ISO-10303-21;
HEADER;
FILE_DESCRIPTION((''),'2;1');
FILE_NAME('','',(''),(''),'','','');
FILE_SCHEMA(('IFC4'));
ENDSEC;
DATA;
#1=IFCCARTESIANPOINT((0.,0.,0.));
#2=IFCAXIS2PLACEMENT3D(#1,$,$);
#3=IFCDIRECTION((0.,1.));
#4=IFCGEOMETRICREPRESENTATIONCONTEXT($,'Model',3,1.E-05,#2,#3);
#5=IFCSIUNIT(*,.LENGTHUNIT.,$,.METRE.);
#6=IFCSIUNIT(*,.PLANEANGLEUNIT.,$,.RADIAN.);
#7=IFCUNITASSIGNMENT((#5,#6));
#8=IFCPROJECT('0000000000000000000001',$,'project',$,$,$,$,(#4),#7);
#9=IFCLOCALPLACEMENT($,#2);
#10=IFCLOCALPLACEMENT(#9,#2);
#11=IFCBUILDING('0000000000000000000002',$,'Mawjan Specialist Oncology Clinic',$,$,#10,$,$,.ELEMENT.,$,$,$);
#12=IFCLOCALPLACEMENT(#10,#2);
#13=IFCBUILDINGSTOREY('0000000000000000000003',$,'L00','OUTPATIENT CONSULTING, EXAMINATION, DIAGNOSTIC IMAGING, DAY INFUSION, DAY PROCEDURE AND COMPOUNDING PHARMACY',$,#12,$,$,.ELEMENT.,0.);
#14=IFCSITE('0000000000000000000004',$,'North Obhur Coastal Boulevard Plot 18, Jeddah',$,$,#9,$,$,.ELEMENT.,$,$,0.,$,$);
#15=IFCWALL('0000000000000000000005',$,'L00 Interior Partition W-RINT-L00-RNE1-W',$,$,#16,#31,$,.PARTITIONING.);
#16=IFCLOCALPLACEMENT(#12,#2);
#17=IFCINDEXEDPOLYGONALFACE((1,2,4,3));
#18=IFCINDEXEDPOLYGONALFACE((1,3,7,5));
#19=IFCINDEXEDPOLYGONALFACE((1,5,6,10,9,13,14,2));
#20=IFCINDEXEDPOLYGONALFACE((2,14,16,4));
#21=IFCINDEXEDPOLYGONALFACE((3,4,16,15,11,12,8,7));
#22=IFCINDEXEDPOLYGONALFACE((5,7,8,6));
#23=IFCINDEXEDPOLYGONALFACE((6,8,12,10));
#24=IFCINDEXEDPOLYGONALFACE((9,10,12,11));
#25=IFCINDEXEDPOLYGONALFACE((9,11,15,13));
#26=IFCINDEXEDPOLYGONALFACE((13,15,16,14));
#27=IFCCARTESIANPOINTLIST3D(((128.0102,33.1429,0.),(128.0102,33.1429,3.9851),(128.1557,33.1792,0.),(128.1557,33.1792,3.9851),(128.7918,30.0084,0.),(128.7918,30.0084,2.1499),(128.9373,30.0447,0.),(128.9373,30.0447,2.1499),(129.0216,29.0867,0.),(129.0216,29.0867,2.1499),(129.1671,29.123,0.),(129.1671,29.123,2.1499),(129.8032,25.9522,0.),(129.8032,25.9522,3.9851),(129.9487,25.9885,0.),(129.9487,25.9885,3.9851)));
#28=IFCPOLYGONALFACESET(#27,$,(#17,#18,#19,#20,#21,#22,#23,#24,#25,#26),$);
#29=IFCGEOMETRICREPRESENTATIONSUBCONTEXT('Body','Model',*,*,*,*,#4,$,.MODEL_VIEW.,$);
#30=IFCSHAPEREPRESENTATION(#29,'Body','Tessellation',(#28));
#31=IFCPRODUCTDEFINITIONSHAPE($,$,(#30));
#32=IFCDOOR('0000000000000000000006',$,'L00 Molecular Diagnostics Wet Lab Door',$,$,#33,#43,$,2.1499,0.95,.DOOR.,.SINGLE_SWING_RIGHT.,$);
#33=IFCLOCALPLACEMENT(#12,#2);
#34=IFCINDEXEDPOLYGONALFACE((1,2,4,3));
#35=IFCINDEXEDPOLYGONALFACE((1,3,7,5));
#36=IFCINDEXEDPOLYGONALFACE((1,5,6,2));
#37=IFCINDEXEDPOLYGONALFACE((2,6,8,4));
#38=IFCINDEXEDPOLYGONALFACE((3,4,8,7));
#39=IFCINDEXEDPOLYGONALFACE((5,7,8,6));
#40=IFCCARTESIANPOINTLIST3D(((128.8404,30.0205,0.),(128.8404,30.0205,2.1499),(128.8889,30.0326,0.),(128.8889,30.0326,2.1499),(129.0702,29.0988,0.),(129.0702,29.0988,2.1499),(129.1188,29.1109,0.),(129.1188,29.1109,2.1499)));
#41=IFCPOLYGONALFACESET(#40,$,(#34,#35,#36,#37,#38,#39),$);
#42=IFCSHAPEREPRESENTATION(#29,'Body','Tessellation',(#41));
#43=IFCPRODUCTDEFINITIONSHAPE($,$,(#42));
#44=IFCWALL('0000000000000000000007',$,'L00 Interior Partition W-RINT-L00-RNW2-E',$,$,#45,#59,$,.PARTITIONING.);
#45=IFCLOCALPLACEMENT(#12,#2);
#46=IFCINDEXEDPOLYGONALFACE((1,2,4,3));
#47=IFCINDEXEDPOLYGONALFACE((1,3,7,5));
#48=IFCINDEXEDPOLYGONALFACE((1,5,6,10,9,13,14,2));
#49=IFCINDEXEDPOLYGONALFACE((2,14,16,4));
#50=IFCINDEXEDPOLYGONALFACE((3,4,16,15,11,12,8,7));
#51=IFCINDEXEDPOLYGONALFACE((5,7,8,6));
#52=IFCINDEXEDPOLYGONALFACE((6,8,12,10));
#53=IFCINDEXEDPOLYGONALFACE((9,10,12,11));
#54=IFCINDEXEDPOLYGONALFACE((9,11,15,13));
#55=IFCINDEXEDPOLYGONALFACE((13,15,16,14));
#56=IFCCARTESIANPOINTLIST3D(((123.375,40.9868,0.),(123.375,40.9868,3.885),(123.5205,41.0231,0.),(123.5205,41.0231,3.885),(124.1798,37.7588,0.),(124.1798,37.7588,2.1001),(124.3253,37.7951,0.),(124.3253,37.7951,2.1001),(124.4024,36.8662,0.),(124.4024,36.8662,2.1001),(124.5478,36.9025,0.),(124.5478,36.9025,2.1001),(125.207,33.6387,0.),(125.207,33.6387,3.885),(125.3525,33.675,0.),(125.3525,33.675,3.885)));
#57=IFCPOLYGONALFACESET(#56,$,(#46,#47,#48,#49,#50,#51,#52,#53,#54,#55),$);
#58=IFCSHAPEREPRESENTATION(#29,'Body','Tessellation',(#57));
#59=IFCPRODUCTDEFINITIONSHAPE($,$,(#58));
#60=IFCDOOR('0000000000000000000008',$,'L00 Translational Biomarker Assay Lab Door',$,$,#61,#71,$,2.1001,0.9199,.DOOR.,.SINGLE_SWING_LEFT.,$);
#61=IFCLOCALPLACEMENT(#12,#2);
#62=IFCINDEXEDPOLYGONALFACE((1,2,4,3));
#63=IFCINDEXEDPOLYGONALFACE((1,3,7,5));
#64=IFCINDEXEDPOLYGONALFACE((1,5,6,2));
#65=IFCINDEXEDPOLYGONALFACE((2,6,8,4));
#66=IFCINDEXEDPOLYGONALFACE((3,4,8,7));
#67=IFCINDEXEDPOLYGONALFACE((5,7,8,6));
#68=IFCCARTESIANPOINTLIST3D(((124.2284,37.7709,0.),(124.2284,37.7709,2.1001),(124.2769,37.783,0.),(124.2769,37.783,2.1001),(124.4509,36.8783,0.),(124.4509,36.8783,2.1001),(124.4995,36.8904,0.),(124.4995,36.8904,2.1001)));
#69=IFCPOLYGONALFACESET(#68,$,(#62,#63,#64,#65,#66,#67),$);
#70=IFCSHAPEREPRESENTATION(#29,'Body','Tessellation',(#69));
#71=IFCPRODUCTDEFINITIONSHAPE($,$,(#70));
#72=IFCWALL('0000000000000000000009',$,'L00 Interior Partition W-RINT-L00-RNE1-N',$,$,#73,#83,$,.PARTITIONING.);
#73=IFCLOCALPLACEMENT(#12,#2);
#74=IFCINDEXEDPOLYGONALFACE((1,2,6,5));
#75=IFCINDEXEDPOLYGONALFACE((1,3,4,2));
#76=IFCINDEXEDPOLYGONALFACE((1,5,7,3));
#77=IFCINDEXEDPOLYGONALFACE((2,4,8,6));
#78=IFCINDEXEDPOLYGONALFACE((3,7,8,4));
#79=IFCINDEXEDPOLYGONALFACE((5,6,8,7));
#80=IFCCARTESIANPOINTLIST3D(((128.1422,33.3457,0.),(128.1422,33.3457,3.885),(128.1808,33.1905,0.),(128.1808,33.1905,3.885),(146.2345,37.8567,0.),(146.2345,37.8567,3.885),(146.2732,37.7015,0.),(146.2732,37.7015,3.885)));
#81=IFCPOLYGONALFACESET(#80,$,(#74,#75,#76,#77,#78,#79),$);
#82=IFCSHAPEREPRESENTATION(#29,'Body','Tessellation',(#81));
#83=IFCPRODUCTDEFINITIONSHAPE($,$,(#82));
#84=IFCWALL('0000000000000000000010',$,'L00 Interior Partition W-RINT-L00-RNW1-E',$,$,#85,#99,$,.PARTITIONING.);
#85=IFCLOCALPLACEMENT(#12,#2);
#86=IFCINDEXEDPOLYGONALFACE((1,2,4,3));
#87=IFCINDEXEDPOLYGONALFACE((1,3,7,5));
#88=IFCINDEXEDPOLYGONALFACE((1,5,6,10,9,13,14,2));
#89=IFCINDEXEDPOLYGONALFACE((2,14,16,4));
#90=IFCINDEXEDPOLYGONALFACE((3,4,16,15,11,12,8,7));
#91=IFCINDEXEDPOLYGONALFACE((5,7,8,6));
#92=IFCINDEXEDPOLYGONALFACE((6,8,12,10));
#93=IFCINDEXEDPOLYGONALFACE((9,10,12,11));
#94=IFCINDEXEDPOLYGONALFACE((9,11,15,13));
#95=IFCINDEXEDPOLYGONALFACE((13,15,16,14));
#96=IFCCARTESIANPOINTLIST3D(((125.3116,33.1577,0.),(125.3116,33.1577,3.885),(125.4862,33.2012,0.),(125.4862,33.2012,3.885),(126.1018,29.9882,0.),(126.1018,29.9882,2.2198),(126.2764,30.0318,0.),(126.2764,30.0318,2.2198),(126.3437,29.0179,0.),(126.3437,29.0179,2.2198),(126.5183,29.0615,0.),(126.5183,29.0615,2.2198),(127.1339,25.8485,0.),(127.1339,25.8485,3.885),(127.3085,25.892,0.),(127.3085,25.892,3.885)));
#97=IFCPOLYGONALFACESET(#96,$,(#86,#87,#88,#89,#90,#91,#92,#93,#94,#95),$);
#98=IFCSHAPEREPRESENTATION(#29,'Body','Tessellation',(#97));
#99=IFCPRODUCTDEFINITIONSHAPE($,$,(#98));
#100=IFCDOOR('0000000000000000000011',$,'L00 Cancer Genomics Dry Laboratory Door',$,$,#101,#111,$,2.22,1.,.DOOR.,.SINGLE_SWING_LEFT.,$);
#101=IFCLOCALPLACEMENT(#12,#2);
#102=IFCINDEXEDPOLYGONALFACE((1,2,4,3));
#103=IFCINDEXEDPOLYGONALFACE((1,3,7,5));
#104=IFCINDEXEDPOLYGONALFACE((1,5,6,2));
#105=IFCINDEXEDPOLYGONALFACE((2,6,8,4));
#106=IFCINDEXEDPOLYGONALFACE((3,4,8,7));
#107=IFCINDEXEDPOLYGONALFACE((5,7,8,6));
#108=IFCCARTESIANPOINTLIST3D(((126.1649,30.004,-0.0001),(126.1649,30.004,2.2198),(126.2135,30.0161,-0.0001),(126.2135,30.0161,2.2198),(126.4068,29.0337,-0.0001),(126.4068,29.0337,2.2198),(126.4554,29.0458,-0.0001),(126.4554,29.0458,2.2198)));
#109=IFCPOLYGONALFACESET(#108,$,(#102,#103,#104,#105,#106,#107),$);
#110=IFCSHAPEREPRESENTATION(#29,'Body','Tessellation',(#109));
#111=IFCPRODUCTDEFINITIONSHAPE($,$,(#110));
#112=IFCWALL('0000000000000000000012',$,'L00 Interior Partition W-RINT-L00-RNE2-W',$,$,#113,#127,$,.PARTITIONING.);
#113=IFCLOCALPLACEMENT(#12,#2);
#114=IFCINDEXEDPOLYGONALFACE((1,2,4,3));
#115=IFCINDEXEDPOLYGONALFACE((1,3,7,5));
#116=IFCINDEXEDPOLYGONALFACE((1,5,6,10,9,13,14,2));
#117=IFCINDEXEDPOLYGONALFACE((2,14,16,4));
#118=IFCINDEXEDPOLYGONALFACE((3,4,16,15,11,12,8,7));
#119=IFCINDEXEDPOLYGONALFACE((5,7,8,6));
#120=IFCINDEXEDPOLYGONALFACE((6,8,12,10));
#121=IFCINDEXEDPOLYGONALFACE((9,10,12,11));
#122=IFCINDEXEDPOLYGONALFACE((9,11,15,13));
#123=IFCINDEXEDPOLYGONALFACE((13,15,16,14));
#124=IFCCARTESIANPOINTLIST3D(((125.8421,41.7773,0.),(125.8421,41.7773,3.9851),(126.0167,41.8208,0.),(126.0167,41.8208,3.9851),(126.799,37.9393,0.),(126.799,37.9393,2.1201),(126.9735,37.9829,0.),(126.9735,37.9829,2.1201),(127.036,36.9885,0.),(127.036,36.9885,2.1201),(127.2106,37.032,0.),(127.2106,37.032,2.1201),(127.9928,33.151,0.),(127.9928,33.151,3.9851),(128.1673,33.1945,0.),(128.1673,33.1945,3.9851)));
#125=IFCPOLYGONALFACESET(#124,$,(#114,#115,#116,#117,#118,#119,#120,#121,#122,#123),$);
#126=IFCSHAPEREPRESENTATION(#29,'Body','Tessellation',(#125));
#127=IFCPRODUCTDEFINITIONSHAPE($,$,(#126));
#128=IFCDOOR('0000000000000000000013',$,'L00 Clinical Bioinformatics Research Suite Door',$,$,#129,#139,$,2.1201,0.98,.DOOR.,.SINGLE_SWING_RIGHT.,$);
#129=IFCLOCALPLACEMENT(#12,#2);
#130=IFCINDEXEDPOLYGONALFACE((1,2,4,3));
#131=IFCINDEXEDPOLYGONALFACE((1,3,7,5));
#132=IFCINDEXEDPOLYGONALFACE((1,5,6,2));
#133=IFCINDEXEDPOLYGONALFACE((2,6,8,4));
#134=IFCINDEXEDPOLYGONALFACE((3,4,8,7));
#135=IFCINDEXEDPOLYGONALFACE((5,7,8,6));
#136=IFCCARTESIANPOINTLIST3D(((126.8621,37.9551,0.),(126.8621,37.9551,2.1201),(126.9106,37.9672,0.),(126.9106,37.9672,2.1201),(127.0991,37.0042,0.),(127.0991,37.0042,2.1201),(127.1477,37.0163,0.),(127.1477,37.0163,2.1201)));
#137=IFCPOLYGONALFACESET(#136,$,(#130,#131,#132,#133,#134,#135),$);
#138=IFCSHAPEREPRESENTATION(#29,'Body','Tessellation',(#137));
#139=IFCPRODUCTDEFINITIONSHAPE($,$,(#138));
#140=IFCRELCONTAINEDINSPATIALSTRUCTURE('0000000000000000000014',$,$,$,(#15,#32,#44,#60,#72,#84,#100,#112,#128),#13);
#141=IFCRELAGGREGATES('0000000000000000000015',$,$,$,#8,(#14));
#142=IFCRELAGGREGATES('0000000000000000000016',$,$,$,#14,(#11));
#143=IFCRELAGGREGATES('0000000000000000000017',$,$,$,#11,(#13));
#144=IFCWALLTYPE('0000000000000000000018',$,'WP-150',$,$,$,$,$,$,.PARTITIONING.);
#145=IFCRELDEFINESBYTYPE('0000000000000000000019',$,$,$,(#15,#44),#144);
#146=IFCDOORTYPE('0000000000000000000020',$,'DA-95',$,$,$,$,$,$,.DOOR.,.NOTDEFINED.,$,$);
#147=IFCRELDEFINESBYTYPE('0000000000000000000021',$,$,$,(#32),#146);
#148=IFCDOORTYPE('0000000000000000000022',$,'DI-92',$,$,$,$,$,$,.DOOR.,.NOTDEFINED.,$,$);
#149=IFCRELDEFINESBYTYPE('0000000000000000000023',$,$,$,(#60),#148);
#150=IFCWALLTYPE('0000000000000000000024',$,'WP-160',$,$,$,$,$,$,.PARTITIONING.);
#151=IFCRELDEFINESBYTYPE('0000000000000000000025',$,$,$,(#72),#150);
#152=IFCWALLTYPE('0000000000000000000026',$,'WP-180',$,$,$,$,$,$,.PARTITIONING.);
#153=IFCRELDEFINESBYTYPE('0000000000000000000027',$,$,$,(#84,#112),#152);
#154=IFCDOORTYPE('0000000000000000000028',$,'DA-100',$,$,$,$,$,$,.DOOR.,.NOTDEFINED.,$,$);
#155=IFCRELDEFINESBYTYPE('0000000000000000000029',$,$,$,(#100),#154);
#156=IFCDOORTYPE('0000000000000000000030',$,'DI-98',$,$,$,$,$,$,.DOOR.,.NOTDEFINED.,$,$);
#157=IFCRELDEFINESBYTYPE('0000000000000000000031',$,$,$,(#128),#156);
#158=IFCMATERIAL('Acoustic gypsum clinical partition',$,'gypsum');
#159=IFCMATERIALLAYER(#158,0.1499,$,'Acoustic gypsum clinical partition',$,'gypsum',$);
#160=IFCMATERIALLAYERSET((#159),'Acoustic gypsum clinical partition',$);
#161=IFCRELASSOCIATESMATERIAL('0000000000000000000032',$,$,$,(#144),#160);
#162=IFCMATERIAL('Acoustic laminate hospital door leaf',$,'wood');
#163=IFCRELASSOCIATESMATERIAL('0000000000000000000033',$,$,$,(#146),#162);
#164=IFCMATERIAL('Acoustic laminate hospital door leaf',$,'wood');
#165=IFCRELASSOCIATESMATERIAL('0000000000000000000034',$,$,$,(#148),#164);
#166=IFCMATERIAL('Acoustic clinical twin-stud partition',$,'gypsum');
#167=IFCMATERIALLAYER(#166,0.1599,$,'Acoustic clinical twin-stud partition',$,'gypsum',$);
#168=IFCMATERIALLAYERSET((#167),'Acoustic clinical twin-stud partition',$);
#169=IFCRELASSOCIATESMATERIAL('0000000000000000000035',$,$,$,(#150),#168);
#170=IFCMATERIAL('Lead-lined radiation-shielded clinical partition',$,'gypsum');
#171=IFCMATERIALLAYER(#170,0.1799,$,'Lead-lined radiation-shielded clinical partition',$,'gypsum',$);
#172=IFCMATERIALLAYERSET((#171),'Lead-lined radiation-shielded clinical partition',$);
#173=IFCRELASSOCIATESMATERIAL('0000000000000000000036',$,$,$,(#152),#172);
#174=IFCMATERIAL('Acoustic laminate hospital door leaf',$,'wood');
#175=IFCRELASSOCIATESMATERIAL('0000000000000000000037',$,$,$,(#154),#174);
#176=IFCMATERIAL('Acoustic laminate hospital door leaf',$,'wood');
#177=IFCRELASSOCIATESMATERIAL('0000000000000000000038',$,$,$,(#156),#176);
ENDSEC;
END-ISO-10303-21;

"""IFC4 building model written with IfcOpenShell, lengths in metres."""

from ifc_helpers import new_model, si_unit, direction, frame, frame_2d, origin, place, context, subcontext, project, spatial, rectangle, extrude, material, layer, layer_set, type_object, element, fill, save


model = new_model("IFC4")

# Units and contexts
model_context = context("Model", 3, precision=1e-05, world=origin(), true_north=direction((0.0, 1.0)))
body_context = subcontext(model_context, "Body", "Model", "MODEL_VIEW")
ifc_project = project(units=[si_unit("LENGTHUNIT", "METRE"), si_unit("PLANEANGLEUNIT", "RADIAN")], contexts=[model_context])

# Site, building, storey
site_placement = place(None, origin())
site = spatial("IfcSite", under=ifc_project, at=site_placement, Name="North Obhur Coastal Boulevard Plot 18, Jeddah", CompositionType="ELEMENT", RefElevation=0.0)
building_placement = place(site_placement, origin())
building = spatial("IfcBuilding", under=site, at=building_placement, Name="Mawjan Specialist Oncology Clinic", CompositionType="ELEMENT")
storey_placement = place(building_placement, origin())
storey = spatial("IfcBuildingStorey", under=building, at=storey_placement, Name="L00", Description="OUTPATIENT CONSULTING, EXAMINATION, DIAGNOSTIC IMAGING, DAY INFUSION, DAY PROCEDURE AND COMPOUNDING PHARMACY", CompositionType="ELEMENT", Elevation=0.0)

# Walls, openings, doors
ifc_material_1 = material(Name="Acoustic gypsum clinical partition", Category="gypsum")
ifc_layer_1 = layer(ifc_material_1, 0.1499, Name="Acoustic gypsum clinical partition", Category="gypsum")
ifc_layer_set_1 = layer_set([ifc_layer_1], Name="Acoustic gypsum clinical partition")
wall_type_1 = type_object("IfcWallType", Name="WP-150", PredefinedType="PARTITIONING", material=ifc_layer_set_1)
wall_1_placement = place(storey_placement, frame((129.876, 25.9702, 0.0), z_axis=(0.0, 0.0, 1.0), x_axis=(-0.241939, 0.970292, 0.0)))
wall_1 = element("IfcWall", 1, at=wall_1_placement, inside=storey, type_object=wall_type_1, Name="L00 Interior Partition W-RINT-L00-RNE1-W", PredefinedType="PARTITIONING", context=body_context, shape_type="SweptSolid", body=[
    extrude(rectangle(XDim=7.4109, YDim=0.1499, at=frame_2d((3.7056, 0.0))), origin(), (0.0, 0.0, 1.0), 3.9851),
])
opening_1_placement = place(wall_1_placement, frame((3.2305, 0.0, 0.0)))
opening_1 = element("IfcOpeningElement", 2, at=opening_1_placement, cuts=wall_1, PredefinedType="OPENING", context=body_context, shape_type="SweptSolid", body=[
    extrude(rectangle(XDim=0.95, YDim=2.1499, at=frame_2d((0.4751, 1.075))), frame((0.0, 0.0869, 0.0), z_axis=(0.0, -1.0, 0.0), x_axis=(1.0, 0.0, 0.0)), (0.0, 0.0, 1.0), 0.1738),
])
ifc_material_2 = material(Name="Acoustic laminate hospital door leaf", Category="wood")
door_type_1 = type_object("IfcDoorType", Name="DA-95", OperationType="NOTDEFINED", PredefinedType="DOOR", material=ifc_material_2)
door_1_placement = place(opening_1_placement, origin())
door_1 = element("IfcDoor", 3, at=door_1_placement, inside=storey, type_object=door_type_1, Name="L00 Molecular Diagnostics Wet Lab Door", OperationType="SINGLE_SWING_RIGHT", OverallHeight=2.1499, OverallWidth=0.95, PredefinedType="DOOR", context=body_context, shape_type="SweptSolid", body=[
    extrude(rectangle(XDim=0.95, YDim=2.1499, at=frame_2d((0.4751, 1.075))), frame((0.0, 0.0249, 0.0), z_axis=(0.0, -1.0, 0.0), x_axis=(1.0, 0.0, 0.0)), (0.0, 0.0, 1.0), 0.05),
])
fill(opening_1, door_1)
wall_2_placement = place(storey_placement, frame((125.2798, 33.6567, 0.0), z_axis=(0.0, 0.0, 1.0), x_axis=(-0.241914, 0.970298, 0.0)))
wall_2 = element("IfcWall", 4, at=wall_2_placement, inside=storey, type_object=wall_type_1, Name="L00 Interior Partition W-RINT-L00-RNW2-E", PredefinedType="PARTITIONING", context=body_context, shape_type="SweptSolid", body=[
    extrude(rectangle(XDim=7.573, YDim=0.1499, at=frame_2d((3.7866, 0.0))), origin(), (0.0, 0.0, 1.0), 3.885),
])
opening_2_placement = place(wall_2_placement, frame((3.3264, 0.0, 0.0)))
opening_2 = element("IfcOpeningElement", 5, at=opening_2_placement, cuts=wall_2, PredefinedType="OPENING", context=body_context, shape_type="SweptSolid", body=[
    extrude(rectangle(XDim=0.9199, YDim=2.1001, at=frame_2d((0.46, 1.05))), frame((0.0, 0.0869, 0.0), z_axis=(0.0, -1.0, 0.0), x_axis=(1.0, 0.0, 0.0)), (0.0, 0.0, 1.0), 0.1738),
])
ifc_material_3 = material(Name="Acoustic laminate hospital door leaf", Category="wood")
door_type_2 = type_object("IfcDoorType", Name="DI-92", OperationType="NOTDEFINED", PredefinedType="DOOR", material=ifc_material_3)
door_2_placement = place(opening_2_placement, origin())
door_2 = element("IfcDoor", 6, at=door_2_placement, inside=storey, type_object=door_type_2, Name="L00 Translational Biomarker Assay Lab Door", OperationType="SINGLE_SWING_LEFT", OverallHeight=2.1001, OverallWidth=0.9199, PredefinedType="DOOR", context=body_context, shape_type="SweptSolid", body=[
    extrude(rectangle(XDim=0.9199, YDim=2.1001, at=frame_2d((0.46, 1.05))), frame((0.0, 0.0249, 0.0), z_axis=(0.0, -1.0, 0.0), x_axis=(1.0, 0.0, 0.0)), (0.0, 0.0, 1.0), 0.05),
])
fill(opening_2, door_2)

# Wall
ifc_material_4 = material(Name="Acoustic clinical twin-stud partition", Category="gypsum")
ifc_layer_2 = layer(ifc_material_4, 0.1599, Name="Acoustic clinical twin-stud partition", Category="gypsum")
ifc_layer_set_2 = layer_set([ifc_layer_2], Name="Acoustic clinical twin-stud partition")
wall_type_2 = type_object("IfcWallType", Name="WP-160", PredefinedType="PARTITIONING", material=ifc_layer_set_2)
wall_3_placement = place(storey_placement, frame((128.1614, 33.2681, 0.0), z_axis=(0.0, 0.0, 1.0), x_axis=(0.970295, 0.241926, 0.0)))
element("IfcWall", 7, at=wall_3_placement, inside=storey, type_object=wall_type_2, Name="L00 Interior Partition W-RINT-L00-RNE1-N", PredefinedType="PARTITIONING", context=body_context, shape_type="SweptSolid", body=[
    extrude(rectangle(XDim=18.6462, YDim=0.1599, at=frame_2d((9.3232, 0.0))), origin(), (0.0, 0.0, 1.0), 3.885),
])

# Walls, openings, doors
ifc_material_5 = material(Name="Lead-lined radiation-shielded clinical partition", Category="gypsum")
ifc_layer_3 = layer(ifc_material_5, 0.1799, Name="Lead-lined radiation-shielded clinical partition", Category="gypsum")
ifc_layer_set_3 = layer_set([ifc_layer_3], Name="Lead-lined radiation-shielded clinical partition")
wall_type_3 = type_object("IfcWallType", Name="WP-180", PredefinedType="PARTITIONING", material=ifc_layer_set_3)
wall_4_placement = place(storey_placement, frame((127.2212, 25.8701, 0.0), z_axis=(0.0, 0.0, 1.0), x_axis=(-0.241903, 0.970301, 0.0)))
wall_4 = element("IfcWall", 8, at=wall_4_placement, inside=storey, type_object=wall_type_3, Name="L00 Interior Partition W-RINT-L00-RNW1-E", PredefinedType="PARTITIONING", context=body_context, shape_type="SweptSolid", body=[
    extrude(rectangle(XDim=7.533, YDim=0.1799, at=frame_2d((3.7666, 0.0))), origin(), (0.0, 0.0, 1.0), 3.885),
])
opening_3_placement = place(wall_4_placement, frame((3.2666, 0.0, 0.0)))
opening_3 = element("IfcOpeningElement", 9, at=opening_3_placement, cuts=wall_4, PredefinedType="OPENING", context=body_context, shape_type="SweptSolid", body=[
    extrude(rectangle(XDim=1.0, YDim=2.22, at=frame_2d((0.5, 1.1099))), frame((0.0, 0.1021, 0.0), z_axis=(0.0, -1.0, 0.0), x_axis=(1.0, 0.0, 0.0)), (0.0, 0.0, 1.0), 0.2039),
])
ifc_material_6 = material(Name="Acoustic laminate hospital door leaf", Category="wood")
door_type_3 = type_object("IfcDoorType", Name="DA-100", OperationType="NOTDEFINED", PredefinedType="DOOR", material=ifc_material_6)
door_3_placement = place(opening_3_placement, origin())
door_3 = element("IfcDoor", 10, at=door_3_placement, inside=storey, type_object=door_type_3, Name="L00 Cancer Genomics Dry Laboratory Door", OperationType="SINGLE_SWING_LEFT", OverallHeight=2.22, OverallWidth=1.0, PredefinedType="DOOR", context=body_context, shape_type="SweptSolid", body=[
    extrude(rectangle(XDim=1.0, YDim=2.22, at=frame_2d((0.5, 1.1099))), frame((0.0, 0.0249, 0.0), z_axis=(0.0, -1.0, 0.0), x_axis=(1.0, 0.0, 0.0)), (0.0, 0.0, 1.0), 0.05),
])
fill(opening_3, door_3)
wall_5_placement = place(storey_placement, frame((128.0801, 33.1726, 0.0), z_axis=(0.0, 0.0, 1.0), x_axis=(-0.241909, 0.970299, 0.0)))
wall_5 = element("IfcWall", 11, at=wall_5_placement, inside=storey, type_object=wall_type_3, Name="L00 Interior Partition W-RINT-L00-RNE2-W", PredefinedType="PARTITIONING", context=body_context, shape_type="SweptSolid", body=[
    extrude(rectangle(XDim=8.8904, YDim=0.1799, at=frame_2d((4.4453, 0.0))), origin(), (0.0, 0.0, 1.0), 3.9851),
])
opening_4_placement = place(wall_5_placement, frame((3.9551, 0.0, 0.0)))
opening_4 = element("IfcOpeningElement", 12, at=opening_4_placement, cuts=wall_5, PredefinedType="OPENING", context=body_context, shape_type="SweptSolid", body=[
    extrude(rectangle(XDim=0.98, YDim=2.1201, at=frame_2d((0.49, 1.0601))), frame((0.0, 0.1021, 0.0), z_axis=(0.0, -1.0, 0.0), x_axis=(1.0, 0.0, 0.0)), (0.0, 0.0, 1.0), 0.2039),
])
ifc_material_7 = material(Name="Acoustic laminate hospital door leaf", Category="wood")
door_type_4 = type_object("IfcDoorType", Name="DI-98", OperationType="NOTDEFINED", PredefinedType="DOOR", material=ifc_material_7)
door_4_placement = place(opening_4_placement, origin())
door_4 = element("IfcDoor", 13, at=door_4_placement, inside=storey, type_object=door_type_4, Name="L00 Clinical Bioinformatics Research Suite Door", OperationType="SINGLE_SWING_RIGHT", OverallHeight=2.1201, OverallWidth=0.98, PredefinedType="DOOR", context=body_context, shape_type="SweptSolid", body=[
    extrude(rectangle(XDim=0.98, YDim=2.1201, at=frame_2d((0.49, 1.0601))), frame((0.0, 0.0249, 0.0), z_axis=(0.0, -1.0, 0.0), x_axis=(1.0, 0.0, 0.0)), (0.0, 0.0, 1.0), 0.05),
])
fill(opening_4, door_4)

save(model, "model.ifc")
